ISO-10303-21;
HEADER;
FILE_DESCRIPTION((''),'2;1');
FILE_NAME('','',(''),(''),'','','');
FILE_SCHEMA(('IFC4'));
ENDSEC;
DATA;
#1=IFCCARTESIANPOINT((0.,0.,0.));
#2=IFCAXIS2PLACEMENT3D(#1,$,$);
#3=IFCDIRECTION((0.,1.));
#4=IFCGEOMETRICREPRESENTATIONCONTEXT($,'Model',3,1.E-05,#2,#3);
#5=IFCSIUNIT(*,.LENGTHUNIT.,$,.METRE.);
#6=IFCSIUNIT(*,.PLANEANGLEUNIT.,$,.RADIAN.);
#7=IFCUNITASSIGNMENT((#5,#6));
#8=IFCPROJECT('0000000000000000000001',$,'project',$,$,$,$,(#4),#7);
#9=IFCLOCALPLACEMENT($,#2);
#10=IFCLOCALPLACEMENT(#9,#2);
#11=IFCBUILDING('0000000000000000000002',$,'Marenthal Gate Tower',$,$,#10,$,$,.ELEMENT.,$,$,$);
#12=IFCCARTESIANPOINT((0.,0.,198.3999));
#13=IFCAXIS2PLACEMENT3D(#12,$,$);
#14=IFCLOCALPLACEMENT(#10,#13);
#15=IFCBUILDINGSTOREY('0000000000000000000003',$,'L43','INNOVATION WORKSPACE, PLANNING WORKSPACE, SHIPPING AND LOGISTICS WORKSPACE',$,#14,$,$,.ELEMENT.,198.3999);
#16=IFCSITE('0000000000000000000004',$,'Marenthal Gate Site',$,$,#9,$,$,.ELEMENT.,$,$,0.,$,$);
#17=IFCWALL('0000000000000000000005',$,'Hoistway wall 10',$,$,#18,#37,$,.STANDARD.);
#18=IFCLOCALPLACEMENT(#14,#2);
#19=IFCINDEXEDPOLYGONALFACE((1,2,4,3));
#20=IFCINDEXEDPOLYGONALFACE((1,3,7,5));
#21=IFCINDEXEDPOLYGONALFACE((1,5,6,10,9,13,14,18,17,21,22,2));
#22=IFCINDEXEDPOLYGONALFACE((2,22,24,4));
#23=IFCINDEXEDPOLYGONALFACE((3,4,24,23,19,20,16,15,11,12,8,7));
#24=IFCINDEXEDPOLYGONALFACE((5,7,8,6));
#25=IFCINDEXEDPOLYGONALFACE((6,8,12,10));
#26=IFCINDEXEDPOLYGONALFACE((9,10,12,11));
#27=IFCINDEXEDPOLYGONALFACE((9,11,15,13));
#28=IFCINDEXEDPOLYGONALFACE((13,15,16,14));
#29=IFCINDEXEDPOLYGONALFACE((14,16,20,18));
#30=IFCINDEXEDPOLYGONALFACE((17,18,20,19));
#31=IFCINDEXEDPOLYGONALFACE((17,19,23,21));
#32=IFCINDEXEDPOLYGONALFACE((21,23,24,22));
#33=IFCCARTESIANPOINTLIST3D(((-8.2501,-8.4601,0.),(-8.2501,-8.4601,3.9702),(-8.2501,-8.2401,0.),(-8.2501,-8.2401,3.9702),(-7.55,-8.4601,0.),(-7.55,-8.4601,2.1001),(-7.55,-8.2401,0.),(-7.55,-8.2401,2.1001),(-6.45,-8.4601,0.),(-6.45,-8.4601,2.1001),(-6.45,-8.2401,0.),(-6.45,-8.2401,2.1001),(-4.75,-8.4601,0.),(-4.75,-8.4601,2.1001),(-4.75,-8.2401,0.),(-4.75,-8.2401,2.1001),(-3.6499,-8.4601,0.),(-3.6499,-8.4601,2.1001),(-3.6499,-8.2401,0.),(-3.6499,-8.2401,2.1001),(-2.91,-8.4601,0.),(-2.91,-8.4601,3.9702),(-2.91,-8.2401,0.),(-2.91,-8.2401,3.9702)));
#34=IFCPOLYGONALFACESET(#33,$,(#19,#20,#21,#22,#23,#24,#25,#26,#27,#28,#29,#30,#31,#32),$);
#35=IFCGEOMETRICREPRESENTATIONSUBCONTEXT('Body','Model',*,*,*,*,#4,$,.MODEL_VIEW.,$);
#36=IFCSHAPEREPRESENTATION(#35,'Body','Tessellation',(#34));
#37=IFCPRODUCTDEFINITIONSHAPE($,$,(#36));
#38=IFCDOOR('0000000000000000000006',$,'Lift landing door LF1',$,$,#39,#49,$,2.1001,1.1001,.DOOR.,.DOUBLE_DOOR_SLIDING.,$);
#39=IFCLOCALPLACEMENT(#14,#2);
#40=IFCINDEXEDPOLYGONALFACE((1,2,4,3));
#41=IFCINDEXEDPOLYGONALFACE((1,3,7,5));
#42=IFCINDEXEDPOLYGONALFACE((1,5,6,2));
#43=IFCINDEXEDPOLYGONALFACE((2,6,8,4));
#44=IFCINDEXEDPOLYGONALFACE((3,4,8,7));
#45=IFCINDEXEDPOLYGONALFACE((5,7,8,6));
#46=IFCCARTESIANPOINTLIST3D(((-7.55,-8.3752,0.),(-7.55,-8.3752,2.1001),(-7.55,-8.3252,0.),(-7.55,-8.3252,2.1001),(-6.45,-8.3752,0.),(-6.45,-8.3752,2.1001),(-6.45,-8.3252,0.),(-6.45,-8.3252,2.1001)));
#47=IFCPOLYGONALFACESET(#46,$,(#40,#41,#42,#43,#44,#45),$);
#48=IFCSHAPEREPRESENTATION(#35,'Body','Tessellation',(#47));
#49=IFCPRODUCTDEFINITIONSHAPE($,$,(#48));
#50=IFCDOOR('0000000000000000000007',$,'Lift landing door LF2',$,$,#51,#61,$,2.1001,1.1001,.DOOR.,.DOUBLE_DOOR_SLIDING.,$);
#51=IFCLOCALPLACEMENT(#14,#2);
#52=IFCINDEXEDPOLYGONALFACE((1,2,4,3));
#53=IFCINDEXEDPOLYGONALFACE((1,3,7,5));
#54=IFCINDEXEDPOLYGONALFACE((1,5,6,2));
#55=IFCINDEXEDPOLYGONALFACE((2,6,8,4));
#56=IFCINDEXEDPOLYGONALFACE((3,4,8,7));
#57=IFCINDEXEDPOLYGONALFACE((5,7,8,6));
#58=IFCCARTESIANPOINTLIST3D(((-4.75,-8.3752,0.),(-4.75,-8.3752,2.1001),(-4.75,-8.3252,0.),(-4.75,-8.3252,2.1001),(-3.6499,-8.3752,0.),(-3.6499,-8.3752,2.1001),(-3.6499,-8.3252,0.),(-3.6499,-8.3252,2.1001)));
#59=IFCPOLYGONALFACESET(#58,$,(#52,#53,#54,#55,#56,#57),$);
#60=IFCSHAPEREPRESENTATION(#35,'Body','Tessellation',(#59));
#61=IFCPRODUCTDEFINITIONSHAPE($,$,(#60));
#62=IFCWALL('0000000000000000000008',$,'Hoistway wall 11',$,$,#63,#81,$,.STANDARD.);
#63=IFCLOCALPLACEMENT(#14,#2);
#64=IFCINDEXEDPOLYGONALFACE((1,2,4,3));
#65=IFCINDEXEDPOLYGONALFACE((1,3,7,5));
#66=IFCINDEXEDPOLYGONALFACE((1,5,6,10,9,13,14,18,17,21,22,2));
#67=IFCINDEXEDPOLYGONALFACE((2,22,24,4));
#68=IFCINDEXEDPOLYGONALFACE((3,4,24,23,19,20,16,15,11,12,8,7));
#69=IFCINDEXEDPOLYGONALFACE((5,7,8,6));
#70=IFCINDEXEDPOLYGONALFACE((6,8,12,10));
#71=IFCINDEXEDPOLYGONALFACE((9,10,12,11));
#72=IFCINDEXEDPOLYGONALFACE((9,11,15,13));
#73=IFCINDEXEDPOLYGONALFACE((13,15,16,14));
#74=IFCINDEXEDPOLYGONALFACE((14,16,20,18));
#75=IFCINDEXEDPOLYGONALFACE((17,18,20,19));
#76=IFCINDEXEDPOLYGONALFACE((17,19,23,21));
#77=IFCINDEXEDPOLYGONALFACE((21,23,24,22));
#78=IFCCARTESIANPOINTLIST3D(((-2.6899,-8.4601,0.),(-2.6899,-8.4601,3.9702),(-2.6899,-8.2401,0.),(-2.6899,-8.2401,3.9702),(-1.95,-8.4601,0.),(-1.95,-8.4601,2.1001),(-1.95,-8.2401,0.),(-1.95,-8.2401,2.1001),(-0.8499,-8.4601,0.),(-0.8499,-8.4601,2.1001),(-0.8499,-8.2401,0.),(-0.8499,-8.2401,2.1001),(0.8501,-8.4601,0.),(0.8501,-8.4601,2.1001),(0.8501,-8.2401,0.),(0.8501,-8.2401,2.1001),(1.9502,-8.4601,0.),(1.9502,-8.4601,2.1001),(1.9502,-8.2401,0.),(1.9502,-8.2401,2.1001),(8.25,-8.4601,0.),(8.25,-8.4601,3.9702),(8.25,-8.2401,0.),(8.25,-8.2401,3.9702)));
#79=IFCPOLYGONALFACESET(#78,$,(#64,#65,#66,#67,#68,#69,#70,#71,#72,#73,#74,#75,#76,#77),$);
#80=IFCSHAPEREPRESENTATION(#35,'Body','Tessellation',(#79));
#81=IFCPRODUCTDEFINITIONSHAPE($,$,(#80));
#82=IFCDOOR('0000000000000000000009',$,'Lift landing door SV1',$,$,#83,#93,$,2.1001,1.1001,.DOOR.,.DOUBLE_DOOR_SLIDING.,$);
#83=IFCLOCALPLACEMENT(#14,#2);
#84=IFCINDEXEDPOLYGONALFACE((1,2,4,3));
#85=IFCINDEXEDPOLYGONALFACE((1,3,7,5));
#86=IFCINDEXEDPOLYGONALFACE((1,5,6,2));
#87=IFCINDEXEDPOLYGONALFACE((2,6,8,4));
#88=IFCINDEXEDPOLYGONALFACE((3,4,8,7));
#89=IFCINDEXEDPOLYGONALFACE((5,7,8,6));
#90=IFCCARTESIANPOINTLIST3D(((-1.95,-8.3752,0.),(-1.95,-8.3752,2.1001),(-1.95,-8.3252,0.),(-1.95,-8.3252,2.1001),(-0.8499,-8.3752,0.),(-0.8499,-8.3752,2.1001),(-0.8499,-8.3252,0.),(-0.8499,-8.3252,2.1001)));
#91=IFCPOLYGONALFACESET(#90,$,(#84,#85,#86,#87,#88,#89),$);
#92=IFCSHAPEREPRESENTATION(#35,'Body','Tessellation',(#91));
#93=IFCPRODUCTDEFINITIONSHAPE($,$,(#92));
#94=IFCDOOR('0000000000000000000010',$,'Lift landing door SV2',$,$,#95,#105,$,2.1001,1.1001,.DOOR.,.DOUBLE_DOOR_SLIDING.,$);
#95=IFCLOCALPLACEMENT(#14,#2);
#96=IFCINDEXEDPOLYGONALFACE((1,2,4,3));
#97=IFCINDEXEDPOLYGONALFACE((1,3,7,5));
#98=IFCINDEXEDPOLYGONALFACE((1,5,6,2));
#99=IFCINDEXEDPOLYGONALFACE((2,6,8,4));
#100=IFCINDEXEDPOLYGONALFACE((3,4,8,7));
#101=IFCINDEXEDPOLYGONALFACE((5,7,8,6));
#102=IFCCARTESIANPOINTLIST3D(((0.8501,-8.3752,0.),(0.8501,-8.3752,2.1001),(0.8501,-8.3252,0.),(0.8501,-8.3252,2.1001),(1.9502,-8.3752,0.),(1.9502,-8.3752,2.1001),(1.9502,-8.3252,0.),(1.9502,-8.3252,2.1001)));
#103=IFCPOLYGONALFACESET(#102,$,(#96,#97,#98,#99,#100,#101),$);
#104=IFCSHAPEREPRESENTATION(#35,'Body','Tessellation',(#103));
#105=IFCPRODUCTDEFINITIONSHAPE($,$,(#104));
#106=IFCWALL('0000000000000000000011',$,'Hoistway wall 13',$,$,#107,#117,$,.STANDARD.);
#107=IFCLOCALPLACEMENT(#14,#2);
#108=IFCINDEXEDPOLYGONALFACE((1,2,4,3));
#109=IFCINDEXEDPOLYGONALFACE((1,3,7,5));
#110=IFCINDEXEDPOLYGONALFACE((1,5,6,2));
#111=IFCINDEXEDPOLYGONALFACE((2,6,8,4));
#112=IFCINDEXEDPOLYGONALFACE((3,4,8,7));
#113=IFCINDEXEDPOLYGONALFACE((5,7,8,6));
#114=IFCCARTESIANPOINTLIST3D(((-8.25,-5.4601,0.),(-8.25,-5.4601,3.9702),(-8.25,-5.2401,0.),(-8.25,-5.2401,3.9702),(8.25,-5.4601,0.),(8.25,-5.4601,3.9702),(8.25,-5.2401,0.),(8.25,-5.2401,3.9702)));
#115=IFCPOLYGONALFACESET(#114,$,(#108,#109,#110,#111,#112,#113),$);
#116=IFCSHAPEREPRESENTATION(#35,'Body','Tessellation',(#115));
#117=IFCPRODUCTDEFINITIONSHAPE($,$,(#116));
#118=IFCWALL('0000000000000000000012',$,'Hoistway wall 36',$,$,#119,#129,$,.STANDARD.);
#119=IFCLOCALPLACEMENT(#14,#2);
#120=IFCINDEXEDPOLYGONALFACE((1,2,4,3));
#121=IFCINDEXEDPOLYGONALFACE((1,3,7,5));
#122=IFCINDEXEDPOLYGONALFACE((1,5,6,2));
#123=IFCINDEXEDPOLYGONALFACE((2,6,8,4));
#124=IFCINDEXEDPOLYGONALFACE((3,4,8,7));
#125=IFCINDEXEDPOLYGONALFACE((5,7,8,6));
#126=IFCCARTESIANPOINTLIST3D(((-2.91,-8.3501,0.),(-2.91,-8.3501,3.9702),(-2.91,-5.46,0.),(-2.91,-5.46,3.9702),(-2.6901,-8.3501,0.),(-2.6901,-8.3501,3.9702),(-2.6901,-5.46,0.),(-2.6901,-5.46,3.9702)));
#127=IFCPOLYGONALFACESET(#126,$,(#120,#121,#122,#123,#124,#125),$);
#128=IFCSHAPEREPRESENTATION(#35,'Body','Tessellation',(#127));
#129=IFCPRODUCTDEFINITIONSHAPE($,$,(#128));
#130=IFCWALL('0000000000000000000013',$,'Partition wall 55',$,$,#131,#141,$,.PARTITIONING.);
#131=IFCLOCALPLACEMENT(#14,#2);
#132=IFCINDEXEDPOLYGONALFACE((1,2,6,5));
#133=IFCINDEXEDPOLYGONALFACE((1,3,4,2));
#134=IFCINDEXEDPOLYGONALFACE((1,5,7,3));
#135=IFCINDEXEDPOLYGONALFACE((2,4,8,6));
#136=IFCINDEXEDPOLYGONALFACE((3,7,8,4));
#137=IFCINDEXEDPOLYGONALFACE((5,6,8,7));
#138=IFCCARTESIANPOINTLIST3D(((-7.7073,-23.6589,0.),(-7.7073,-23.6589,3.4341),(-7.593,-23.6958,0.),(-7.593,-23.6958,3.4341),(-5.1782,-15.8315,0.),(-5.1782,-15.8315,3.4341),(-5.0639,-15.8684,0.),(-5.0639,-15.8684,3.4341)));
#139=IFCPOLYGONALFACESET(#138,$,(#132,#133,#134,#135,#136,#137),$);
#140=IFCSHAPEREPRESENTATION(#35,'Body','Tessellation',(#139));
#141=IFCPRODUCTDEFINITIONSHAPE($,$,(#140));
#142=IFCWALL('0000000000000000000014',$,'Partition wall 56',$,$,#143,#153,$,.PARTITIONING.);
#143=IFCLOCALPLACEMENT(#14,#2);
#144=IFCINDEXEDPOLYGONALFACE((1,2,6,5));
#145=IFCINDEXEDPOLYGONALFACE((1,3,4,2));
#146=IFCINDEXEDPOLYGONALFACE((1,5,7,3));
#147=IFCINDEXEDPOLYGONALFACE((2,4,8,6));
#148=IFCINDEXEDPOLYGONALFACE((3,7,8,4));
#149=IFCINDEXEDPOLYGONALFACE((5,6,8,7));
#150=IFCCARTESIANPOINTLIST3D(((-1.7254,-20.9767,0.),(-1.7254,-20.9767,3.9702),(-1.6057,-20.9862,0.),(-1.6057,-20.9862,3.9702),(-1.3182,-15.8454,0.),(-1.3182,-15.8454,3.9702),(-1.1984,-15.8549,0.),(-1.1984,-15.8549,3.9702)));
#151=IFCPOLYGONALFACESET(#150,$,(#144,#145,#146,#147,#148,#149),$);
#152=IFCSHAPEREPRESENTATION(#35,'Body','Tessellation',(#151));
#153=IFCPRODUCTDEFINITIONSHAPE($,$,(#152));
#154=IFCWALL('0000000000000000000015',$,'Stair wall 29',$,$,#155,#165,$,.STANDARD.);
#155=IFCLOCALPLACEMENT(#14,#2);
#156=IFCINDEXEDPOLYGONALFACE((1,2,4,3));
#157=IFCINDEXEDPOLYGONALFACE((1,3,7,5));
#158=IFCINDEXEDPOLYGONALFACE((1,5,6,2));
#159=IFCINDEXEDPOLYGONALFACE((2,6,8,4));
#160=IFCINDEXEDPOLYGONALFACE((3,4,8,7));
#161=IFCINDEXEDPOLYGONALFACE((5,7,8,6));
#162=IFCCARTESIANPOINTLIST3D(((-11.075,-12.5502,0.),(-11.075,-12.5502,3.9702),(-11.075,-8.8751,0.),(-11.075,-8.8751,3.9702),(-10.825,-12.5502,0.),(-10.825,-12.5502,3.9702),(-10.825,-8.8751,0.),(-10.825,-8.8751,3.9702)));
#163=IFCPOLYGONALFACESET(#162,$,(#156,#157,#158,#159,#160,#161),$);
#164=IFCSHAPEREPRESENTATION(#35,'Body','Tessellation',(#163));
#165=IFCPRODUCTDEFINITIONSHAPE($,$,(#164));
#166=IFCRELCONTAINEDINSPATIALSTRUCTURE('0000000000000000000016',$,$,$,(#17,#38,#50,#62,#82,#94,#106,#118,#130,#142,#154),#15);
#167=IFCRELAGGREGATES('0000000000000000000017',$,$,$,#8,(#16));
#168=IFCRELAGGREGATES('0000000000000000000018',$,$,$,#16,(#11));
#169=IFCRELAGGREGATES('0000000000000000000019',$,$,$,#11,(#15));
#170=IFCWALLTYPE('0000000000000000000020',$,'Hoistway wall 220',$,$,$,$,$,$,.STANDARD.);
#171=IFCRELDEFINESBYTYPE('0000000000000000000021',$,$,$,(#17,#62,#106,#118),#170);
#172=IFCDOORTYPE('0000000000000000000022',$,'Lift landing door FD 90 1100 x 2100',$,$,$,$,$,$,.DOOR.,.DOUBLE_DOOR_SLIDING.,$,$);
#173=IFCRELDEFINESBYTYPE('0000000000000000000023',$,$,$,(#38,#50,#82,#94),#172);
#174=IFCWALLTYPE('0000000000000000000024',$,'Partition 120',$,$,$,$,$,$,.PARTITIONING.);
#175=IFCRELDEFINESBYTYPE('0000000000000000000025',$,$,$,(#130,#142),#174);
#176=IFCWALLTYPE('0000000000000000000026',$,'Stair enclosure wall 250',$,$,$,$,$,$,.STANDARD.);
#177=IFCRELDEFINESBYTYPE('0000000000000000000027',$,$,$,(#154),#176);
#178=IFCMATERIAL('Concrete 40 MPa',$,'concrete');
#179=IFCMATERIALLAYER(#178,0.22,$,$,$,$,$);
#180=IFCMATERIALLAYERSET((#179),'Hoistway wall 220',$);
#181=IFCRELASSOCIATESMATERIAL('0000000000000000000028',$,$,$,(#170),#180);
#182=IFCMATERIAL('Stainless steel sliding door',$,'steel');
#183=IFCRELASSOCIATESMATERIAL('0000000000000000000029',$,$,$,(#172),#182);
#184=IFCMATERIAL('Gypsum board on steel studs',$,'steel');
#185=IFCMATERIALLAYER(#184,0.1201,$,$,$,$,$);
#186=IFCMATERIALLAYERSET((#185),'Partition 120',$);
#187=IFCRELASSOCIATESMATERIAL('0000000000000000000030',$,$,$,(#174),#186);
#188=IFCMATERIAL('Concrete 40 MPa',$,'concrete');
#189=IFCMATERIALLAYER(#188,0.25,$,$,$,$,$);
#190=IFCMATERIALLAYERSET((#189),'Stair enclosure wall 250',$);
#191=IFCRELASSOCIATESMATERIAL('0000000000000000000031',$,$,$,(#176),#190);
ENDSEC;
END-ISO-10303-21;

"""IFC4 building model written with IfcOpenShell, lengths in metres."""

from ifc_helpers import new_model, si_unit, direction, frame, frame_2d, origin, place, context, subcontext, project, spatial, rectangle, extrude, material, layer, layer_set, type_object, element, fill, save


model = new_model("IFC4")

# Units and contexts
model_context = context("Model", 3, precision=1e-05, world=origin(), true_north=direction((0.0, 1.0)))
body_context = subcontext(model_context, "Body", "Model", "MODEL_VIEW")
ifc_project = project(units=[si_unit("LENGTHUNIT", "METRE"), si_unit("PLANEANGLEUNIT", "RADIAN")], contexts=[model_context])

# Site, building, storey
site_placement = place(None, origin())
site = spatial("IfcSite", under=ifc_project, at=site_placement, Name="Marenthal Gate Site", CompositionType="ELEMENT", RefElevation=0.0)
building_placement = place(site_placement, origin())
building = spatial("IfcBuilding", under=site, at=building_placement, Name="Marenthal Gate Tower", CompositionType="ELEMENT")
storey_placement = place(building_placement, frame((0.0, 0.0, 198.3999)))
storey = spatial("IfcBuildingStorey", under=building, at=storey_placement, Name="L43", Description="INNOVATION WORKSPACE, PLANNING WORKSPACE, SHIPPING AND LOGISTICS WORKSPACE", CompositionType="ELEMENT", Elevation=198.3999)

# Walls, openings, doors
ifc_material_1 = material(Name="Concrete 40 MPa", Category="concrete")
ifc_layer_1 = layer(ifc_material_1, 0.22)
ifc_layer_set_1 = layer_set([ifc_layer_1], Name="Hoistway wall 220")
wall_type_1 = type_object("IfcWallType", Name="Hoistway wall 220", PredefinedType="STANDARD", material=ifc_layer_set_1)
wall_1_placement = place(storey_placement, frame((-8.25, -8.3501, 0.0), z_axis=(0.0, 0.0, 1.0), x_axis=(1.0, 0.0, 0.0)))
wall_1 = element("IfcWall", 1, at=wall_1_placement, inside=storey, type_object=wall_type_1, Name="Hoistway wall 10", PredefinedType="STANDARD", context=body_context, shape_type="SweptSolid", body=[
    extrude(rectangle(XDim=5.3401, YDim=0.22, at=frame_2d((2.6699, 0.0))), origin(), (0.0, 0.0, 1.0), 3.9702),
])
opening_1_placement = place(wall_1_placement, frame((0.7, 0.0, 0.0)))
opening_1 = element("IfcOpeningElement", 2, at=opening_1_placement, cuts=wall_1, PredefinedType="OPENING", context=body_context, shape_type="SweptSolid", body=[
    extrude(rectangle(XDim=1.1001, YDim=2.1001, at=frame_2d((0.55, 1.05))), frame((0.0, 0.1201, 0.0), z_axis=(0.0, -1.0, 0.0), x_axis=(1.0, 0.0, 0.0)), (0.0, 0.0, 1.0), 0.24),
])
opening_2_placement = place(wall_1_placement, frame((3.5, 0.0, 0.0)))
opening_2 = element("IfcOpeningElement", 3, at=opening_2_placement, cuts=wall_1, PredefinedType="OPENING", context=body_context, shape_type="SweptSolid", body=[
    extrude(rectangle(XDim=1.1001, YDim=2.1001, at=frame_2d((0.55, 1.05))), frame((0.0, 0.1201, 0.0), z_axis=(0.0, -1.0, 0.0), x_axis=(1.0, 0.0, 0.0)), (0.0, 0.0, 1.0), 0.24),
])
ifc_material_2 = material(Name="Stainless steel sliding door", Category="steel")
door_type_1 = type_object("IfcDoorType", Name="Lift landing door FD 90 1100 x 2100", OperationType="DOUBLE_DOOR_SLIDING", PredefinedType="DOOR", material=ifc_material_2)
door_1_placement = place(opening_1_placement, origin())
door_1 = element("IfcDoor", 4, at=door_1_placement, inside=storey, type_object=door_type_1, Name="Lift landing door LF1", OperationType="DOUBLE_DOOR_SLIDING", OverallHeight=2.1001, OverallWidth=1.1001, PredefinedType="DOOR", context=body_context, shape_type="SweptSolid", body=[
    extrude(rectangle(XDim=1.1001, YDim=2.1001, at=frame_2d((0.55, 1.05))), frame((0.0, 0.0249, 0.0), z_axis=(0.0, -1.0, 0.0), x_axis=(1.0, 0.0, 0.0)), (0.0, 0.0, 1.0), 0.05),
])
fill(opening_1, door_1)
door_2_placement = place(opening_2_placement, origin())
door_2 = element("IfcDoor", 5, at=door_2_placement, inside=storey, type_object=door_type_1, Name="Lift landing door LF2", OperationType="DOUBLE_DOOR_SLIDING", OverallHeight=2.1001, OverallWidth=1.1001, PredefinedType="DOOR", context=body_context, shape_type="SweptSolid", body=[
    extrude(rectangle(XDim=1.1001, YDim=2.1001, at=frame_2d((0.55, 1.05))), frame((0.0, 0.0249, 0.0), z_axis=(0.0, -1.0, 0.0), x_axis=(1.0, 0.0, 0.0)), (0.0, 0.0, 1.0), 0.05),
])
fill(opening_2, door_2)
wall_2_placement = place(storey_placement, frame((-2.6899, -8.3501, 0.0), z_axis=(0.0, 0.0, 1.0), x_axis=(1.0, 0.0, 0.0)))
wall_2 = element("IfcWall", 6, at=wall_2_placement, inside=storey, type_object=wall_type_1, Name="Hoistway wall 11", PredefinedType="STANDARD", context=body_context, shape_type="SweptSolid", body=[
    extrude(rectangle(XDim=10.9399, YDim=0.22, at=frame_2d((5.47, 0.0))), origin(), (0.0, 0.0, 1.0), 3.9702),
])
opening_3_placement = place(wall_2_placement, frame((0.74, 0.0, 0.0)))
opening_3 = element("IfcOpeningElement", 7, at=opening_3_placement, cuts=wall_2, PredefinedType="OPENING", context=body_context, shape_type="SweptSolid", body=[
    extrude(rectangle(XDim=1.1001, YDim=2.1001, at=frame_2d((0.55, 1.05))), frame((0.0, 0.1201, 0.0), z_axis=(0.0, -1.0, 0.0), x_axis=(1.0, 0.0, 0.0)), (0.0, 0.0, 1.0), 0.24),
])
opening_4_placement = place(wall_2_placement, frame((3.54, 0.0, 0.0)))
opening_4 = element("IfcOpeningElement", 8, at=opening_4_placement, cuts=wall_2, PredefinedType="OPENING", context=body_context, shape_type="SweptSolid", body=[
    extrude(rectangle(XDim=1.1001, YDim=2.1001, at=frame_2d((0.55, 1.05))), frame((0.0, 0.1201, 0.0), z_axis=(0.0, -1.0, 0.0), x_axis=(1.0, 0.0, 0.0)), (0.0, 0.0, 1.0), 0.24),
])
door_3_placement = place(opening_3_placement, origin())
door_3 = element("IfcDoor", 9, at=door_3_placement, inside=storey, type_object=door_type_1, Name="Lift landing door SV1", OperationType="DOUBLE_DOOR_SLIDING", OverallHeight=2.1001, OverallWidth=1.1001, PredefinedType="DOOR", context=body_context, shape_type="SweptSolid", body=[
    extrude(rectangle(XDim=1.1001, YDim=2.1001, at=frame_2d((0.55, 1.05))), frame((0.0, 0.0249, 0.0), z_axis=(0.0, -1.0, 0.0), x_axis=(1.0, 0.0, 0.0)), (0.0, 0.0, 1.0), 0.05),
])
fill(opening_3, door_3)
door_4_placement = place(opening_4_placement, origin())
door_4 = element("IfcDoor", 10, at=door_4_placement, inside=storey, type_object=door_type_1, Name="Lift landing door SV2", OperationType="DOUBLE_DOOR_SLIDING", OverallHeight=2.1001, OverallWidth=1.1001, PredefinedType="DOOR", context=body_context, shape_type="SweptSolid", body=[
    extrude(rectangle(XDim=1.1001, YDim=2.1001, at=frame_2d((0.55, 1.05))), frame((0.0, 0.0249, 0.0), z_axis=(0.0, -1.0, 0.0), x_axis=(1.0, 0.0, 0.0)), (0.0, 0.0, 1.0), 0.05),
])
fill(opening_4, door_4)

# Walls
wall_3_placement = place(storey_placement, frame((-8.25, -5.3501, 0.0), z_axis=(0.0, 0.0, 1.0), x_axis=(1.0, 0.0, 0.0)))
element("IfcWall", 11, at=wall_3_placement, inside=storey, type_object=wall_type_1, Name="Hoistway wall 13", PredefinedType="STANDARD", context=body_context, shape_type="SweptSolid", body=[
    extrude(rectangle(XDim=16.5, YDim=0.22, at=frame_2d((8.25, 0.0))), origin(), (0.0, 0.0, 1.0), 3.9702),
])
wall_4_placement = place(storey_placement, frame((-2.8, -8.3501, 0.0), z_axis=(0.0, 0.0, 1.0), x_axis=(0.0, 1.0, 0.0)))
element("IfcWall", 12, at=wall_4_placement, inside=storey, type_object=wall_type_1, Name="Hoistway wall 36", PredefinedType="STANDARD", context=body_context, shape_type="SweptSolid", body=[
    extrude(rectangle(XDim=2.8901, YDim=0.22, at=frame_2d((1.4451, 0.0))), origin(), (0.0, 0.0, 1.0), 3.9702),
])
ifc_material_3 = material(Name="Gypsum board on steel studs", Category="steel")
ifc_layer_2 = layer(ifc_material_3, 0.1201)
ifc_layer_set_2 = layer_set([ifc_layer_2], Name="Partition 120")
wall_type_2 = type_object("IfcWallType", Name="Partition 120", PredefinedType="PARTITIONING", material=ifc_layer_set_2)
wall_5_placement = place(storey_placement, frame((-5.1211, -15.8501, 0.0), z_axis=(0.0, 0.0, 1.0), x_axis=(-0.307453, -0.951563, 0.0)))
element("IfcWall", 13, at=wall_5_placement, inside=storey, type_object=wall_type_2, Name="Partition wall 55", PredefinedType="PARTITIONING", context=body_context, shape_type="SweptSolid", body=[
    extrude(rectangle(XDim=8.2258, YDim=0.1201, at=frame_2d((4.1128, 0.0))), origin(), (0.0, 0.0, 1.0), 3.4341),
])
wall_6_placement = place(storey_placement, frame((-1.6655, -20.9814, 0.0), z_axis=(0.0, 0.0, 1.0), x_axis=(0.079112, 0.996866, 0.0)))
element("IfcWall", 14, at=wall_6_placement, inside=storey, type_object=wall_type_2, Name="Partition wall 56", PredefinedType="PARTITIONING", context=body_context, shape_type="SweptSolid", body=[
    extrude(rectangle(XDim=5.1475, YDim=0.1201, at=frame_2d((2.5737, 0.0))), origin(), (0.0, 0.0, 1.0), 3.9702),
])
ifc_material_4 = material(Name="Concrete 40 MPa", Category="concrete")
ifc_layer_3 = layer(ifc_material_4, 0.25)
ifc_layer_set_3 = layer_set([ifc_layer_3], Name="Stair enclosure wall 250")
wall_type_3 = type_object("IfcWallType", Name="Stair enclosure wall 250", PredefinedType="STANDARD", material=ifc_layer_set_3)
wall_7_placement = place(storey_placement, frame((-10.95, -12.55, 0.0), z_axis=(0.0, 0.0, 1.0), x_axis=(0.0, 1.0, 0.0)))
element("IfcWall", 15, at=wall_7_placement, inside=storey, type_object=wall_type_3, Name="Stair wall 29", PredefinedType="STANDARD", context=body_context, shape_type="SweptSolid", body=[
    extrude(rectangle(XDim=3.675, YDim=0.25, at=frame_2d((1.8374, 0.0))), origin(), (0.0, 0.0, 1.0), 3.9702),
])

save(model, "model.ifc")
